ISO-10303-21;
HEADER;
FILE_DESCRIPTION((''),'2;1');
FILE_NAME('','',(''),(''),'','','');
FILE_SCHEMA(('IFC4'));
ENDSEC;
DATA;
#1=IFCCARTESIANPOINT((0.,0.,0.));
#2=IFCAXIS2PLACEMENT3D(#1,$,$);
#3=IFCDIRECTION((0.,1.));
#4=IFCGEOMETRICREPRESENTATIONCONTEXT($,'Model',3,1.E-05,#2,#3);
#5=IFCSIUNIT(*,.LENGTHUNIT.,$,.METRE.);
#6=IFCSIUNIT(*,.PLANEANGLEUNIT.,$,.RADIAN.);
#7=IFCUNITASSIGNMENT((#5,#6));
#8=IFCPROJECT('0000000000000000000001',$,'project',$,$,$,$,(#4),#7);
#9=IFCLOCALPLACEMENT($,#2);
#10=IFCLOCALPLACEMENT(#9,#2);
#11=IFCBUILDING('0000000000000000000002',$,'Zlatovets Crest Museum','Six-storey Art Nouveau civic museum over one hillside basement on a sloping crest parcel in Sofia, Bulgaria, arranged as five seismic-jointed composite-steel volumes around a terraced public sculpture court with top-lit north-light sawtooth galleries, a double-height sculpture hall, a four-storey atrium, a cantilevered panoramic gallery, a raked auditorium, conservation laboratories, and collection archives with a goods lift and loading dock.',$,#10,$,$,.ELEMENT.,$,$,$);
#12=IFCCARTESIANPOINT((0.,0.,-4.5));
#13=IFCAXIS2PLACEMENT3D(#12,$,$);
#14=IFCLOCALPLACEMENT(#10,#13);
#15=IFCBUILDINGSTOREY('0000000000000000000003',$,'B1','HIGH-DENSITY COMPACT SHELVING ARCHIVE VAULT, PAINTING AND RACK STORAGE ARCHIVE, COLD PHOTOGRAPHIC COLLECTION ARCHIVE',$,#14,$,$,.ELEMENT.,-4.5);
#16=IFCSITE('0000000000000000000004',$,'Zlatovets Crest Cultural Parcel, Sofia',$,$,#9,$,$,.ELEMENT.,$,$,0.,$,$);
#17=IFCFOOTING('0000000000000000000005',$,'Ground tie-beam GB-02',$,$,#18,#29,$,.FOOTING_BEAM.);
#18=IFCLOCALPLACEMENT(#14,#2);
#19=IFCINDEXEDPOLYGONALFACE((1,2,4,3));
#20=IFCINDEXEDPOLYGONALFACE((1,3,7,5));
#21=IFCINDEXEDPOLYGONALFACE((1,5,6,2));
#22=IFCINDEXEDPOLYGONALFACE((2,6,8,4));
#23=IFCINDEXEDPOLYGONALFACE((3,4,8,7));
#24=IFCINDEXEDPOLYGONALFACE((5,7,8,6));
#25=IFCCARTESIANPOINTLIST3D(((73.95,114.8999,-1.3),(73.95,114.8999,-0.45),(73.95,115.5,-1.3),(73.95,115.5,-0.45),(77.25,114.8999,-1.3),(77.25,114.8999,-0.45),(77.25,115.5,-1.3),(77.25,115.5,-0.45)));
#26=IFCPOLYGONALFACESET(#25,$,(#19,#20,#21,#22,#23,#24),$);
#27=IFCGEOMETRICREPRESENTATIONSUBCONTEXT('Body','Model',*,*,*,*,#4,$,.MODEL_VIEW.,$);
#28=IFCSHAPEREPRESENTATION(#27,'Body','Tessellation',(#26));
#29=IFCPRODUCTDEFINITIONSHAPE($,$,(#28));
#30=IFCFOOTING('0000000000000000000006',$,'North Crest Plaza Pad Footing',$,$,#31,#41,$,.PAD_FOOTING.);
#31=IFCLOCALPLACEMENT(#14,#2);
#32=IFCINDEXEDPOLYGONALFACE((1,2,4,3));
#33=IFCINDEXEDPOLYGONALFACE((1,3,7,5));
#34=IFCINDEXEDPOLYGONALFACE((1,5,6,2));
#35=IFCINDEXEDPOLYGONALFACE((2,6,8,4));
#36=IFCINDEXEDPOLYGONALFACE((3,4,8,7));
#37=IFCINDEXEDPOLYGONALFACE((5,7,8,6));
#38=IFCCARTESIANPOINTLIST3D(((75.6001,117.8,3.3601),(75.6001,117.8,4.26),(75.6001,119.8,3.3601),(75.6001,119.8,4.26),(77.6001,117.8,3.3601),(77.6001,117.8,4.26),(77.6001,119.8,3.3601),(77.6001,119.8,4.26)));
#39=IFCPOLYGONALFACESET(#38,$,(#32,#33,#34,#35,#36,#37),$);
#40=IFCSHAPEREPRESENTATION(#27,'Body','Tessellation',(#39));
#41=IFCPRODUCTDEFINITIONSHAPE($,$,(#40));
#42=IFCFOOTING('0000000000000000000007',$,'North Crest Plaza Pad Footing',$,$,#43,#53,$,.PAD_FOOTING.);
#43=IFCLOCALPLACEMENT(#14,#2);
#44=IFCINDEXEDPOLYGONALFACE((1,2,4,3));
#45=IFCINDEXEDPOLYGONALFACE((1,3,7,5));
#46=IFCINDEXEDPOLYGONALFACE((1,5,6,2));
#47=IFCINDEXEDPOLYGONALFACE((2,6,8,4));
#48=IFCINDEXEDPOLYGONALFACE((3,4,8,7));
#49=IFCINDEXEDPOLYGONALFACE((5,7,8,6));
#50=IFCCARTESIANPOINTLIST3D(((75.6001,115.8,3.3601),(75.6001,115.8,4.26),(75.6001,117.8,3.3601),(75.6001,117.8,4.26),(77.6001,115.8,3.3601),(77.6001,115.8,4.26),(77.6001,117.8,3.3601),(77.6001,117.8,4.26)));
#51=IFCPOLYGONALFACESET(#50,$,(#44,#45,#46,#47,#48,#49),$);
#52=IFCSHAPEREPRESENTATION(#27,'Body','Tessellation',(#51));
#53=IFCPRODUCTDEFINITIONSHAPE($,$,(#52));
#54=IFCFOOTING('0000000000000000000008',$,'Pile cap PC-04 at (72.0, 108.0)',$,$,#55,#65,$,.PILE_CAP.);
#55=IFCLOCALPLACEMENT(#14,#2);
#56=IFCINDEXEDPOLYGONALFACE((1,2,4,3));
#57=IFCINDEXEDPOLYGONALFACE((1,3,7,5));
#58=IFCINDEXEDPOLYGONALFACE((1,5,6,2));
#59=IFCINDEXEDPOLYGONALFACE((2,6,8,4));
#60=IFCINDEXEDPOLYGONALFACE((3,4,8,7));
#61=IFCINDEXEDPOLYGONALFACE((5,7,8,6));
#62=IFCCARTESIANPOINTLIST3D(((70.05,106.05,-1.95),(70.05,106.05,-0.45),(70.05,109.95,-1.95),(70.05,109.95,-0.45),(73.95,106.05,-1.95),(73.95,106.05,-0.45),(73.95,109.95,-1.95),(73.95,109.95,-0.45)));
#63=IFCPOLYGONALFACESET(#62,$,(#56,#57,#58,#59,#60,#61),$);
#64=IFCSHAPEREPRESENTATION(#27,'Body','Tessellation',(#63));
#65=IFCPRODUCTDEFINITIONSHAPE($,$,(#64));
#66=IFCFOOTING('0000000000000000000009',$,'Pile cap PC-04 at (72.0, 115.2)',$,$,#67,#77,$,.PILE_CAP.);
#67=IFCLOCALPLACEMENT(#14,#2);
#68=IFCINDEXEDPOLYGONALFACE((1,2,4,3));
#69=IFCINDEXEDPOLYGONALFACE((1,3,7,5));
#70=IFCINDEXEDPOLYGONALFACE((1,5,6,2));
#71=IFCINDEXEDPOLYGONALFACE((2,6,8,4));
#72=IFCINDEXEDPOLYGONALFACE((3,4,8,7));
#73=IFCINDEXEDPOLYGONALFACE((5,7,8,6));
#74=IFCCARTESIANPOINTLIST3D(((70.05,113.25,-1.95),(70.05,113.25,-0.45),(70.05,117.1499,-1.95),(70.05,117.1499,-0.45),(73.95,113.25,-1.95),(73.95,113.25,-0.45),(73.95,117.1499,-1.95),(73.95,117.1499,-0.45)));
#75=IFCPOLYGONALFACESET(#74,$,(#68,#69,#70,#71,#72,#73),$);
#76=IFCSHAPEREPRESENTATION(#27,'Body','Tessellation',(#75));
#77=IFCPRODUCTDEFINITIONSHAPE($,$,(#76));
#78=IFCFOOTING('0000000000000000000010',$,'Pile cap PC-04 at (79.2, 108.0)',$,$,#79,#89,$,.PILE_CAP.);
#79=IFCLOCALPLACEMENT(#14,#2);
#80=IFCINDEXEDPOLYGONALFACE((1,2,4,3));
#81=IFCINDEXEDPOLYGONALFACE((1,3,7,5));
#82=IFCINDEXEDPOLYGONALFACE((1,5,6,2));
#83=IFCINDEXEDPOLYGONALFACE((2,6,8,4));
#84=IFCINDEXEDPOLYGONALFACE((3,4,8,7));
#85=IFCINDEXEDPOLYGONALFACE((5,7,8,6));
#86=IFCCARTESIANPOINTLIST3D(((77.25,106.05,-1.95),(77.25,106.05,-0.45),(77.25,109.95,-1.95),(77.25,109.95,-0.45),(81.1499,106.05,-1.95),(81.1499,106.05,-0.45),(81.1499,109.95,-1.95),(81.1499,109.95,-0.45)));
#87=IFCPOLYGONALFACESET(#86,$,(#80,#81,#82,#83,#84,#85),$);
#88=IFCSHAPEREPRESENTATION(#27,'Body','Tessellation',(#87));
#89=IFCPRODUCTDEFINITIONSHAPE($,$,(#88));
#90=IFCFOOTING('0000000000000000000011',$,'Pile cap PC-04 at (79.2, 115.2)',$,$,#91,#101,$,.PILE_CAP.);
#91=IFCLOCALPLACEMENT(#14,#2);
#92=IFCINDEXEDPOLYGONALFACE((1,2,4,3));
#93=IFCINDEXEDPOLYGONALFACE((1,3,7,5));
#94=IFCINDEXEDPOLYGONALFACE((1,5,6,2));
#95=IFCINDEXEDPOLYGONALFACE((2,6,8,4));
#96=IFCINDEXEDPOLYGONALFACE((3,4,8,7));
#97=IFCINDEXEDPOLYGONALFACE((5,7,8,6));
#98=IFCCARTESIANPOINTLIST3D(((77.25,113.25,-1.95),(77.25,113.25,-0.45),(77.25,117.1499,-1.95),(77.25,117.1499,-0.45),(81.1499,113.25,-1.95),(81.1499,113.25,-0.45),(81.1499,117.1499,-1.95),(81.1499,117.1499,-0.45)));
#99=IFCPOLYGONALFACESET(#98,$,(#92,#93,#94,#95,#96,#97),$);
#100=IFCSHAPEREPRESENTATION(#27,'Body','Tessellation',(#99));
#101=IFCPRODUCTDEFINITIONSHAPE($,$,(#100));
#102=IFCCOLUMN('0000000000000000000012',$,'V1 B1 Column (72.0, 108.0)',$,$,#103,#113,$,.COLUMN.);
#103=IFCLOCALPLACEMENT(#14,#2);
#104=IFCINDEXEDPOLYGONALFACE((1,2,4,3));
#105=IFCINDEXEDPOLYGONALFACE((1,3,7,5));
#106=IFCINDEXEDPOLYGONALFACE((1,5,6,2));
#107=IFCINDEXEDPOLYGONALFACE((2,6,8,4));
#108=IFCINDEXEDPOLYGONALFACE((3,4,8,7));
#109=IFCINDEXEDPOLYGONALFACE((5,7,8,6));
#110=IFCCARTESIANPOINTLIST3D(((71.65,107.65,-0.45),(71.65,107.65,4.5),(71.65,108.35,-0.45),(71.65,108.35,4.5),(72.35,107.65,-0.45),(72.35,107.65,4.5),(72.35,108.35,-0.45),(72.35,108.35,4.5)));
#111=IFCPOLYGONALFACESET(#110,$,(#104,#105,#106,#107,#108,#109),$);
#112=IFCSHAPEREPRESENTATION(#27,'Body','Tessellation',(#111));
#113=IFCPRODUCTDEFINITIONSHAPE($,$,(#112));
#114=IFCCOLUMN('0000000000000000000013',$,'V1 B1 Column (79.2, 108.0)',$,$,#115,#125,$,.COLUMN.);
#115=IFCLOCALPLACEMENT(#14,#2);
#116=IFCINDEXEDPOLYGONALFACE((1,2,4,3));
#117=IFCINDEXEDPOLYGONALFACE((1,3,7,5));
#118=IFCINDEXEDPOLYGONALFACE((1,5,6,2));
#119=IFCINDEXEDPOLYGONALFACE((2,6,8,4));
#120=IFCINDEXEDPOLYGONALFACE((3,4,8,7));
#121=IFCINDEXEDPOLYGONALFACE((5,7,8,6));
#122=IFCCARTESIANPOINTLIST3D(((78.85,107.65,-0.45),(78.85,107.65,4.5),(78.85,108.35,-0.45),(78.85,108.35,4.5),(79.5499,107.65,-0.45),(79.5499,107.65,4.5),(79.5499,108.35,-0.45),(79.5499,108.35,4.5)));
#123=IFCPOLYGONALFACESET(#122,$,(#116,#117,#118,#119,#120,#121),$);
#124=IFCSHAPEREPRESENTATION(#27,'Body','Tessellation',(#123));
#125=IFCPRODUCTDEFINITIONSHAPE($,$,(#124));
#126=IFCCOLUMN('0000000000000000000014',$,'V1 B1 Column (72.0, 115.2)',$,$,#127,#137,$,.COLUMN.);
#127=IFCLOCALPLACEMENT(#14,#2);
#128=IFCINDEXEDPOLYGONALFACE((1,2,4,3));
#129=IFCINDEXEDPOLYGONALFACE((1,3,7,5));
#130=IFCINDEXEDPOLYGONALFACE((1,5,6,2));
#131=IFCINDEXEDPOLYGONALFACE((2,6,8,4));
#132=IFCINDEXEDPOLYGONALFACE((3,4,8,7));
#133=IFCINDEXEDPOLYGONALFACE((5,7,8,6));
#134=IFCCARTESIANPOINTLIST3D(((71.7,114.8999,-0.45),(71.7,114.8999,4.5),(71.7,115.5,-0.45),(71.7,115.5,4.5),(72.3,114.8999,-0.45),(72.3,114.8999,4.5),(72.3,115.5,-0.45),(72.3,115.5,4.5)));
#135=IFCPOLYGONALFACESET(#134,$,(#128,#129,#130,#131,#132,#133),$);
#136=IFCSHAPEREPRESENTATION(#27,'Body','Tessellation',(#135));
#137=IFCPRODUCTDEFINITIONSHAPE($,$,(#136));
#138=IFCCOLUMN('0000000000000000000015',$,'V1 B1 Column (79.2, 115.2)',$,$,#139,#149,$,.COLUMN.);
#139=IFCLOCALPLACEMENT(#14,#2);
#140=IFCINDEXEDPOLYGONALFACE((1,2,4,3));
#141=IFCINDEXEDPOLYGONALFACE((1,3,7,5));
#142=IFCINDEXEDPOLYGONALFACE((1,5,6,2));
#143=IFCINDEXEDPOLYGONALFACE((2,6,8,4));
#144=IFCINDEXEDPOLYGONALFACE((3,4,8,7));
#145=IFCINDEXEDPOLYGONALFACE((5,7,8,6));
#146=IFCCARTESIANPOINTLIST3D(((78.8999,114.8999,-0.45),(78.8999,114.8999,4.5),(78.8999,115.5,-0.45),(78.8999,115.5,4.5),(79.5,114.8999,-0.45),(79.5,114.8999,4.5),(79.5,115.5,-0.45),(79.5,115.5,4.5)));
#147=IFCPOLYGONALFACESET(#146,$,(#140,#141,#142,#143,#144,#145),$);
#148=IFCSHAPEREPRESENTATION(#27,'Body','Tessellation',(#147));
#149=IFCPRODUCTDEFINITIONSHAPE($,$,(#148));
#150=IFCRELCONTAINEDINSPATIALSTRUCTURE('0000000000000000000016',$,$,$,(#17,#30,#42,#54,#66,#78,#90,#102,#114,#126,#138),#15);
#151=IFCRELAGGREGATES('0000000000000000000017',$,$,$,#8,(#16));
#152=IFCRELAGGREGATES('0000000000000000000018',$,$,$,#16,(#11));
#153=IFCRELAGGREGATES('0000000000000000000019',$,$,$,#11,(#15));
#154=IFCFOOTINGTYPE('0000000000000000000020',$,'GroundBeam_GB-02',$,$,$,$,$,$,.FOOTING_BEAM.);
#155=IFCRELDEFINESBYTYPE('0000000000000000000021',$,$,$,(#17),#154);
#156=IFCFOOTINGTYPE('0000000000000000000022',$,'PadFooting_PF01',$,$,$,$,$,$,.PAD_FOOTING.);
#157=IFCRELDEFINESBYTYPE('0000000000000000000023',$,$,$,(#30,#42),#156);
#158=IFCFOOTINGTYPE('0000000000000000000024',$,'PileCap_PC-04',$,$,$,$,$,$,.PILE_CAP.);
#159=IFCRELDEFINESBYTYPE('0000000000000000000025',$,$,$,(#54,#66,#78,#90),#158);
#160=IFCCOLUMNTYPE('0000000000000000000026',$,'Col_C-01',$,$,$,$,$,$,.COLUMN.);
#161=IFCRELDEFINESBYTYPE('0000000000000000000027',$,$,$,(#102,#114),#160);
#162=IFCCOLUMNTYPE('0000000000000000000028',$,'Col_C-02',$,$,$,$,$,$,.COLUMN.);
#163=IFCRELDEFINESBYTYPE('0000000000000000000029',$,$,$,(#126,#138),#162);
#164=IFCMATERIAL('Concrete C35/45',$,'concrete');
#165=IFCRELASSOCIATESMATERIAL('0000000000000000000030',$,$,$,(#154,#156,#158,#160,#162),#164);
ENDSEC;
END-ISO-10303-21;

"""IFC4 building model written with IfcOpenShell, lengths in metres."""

from ifc_helpers import new_model, si_unit, direction, frame, origin, origin_2d, place, context, subcontext, project, spatial, rectangle, extrude, material, material_profile, profile_set, type_object, element, save


model = new_model("IFC4")

# Units and contexts
model_context = context("Model", 3, precision=1e-05, world=origin(), true_north=direction((0.0, 1.0)))
body_context = subcontext(model_context, "Body", "Model", "MODEL_VIEW")
ifc_project = project(units=[si_unit("LENGTHUNIT", "METRE"), si_unit("PLANEANGLEUNIT", "RADIAN")], contexts=[model_context])

# Site, building, storey
site_placement = place(None, origin())
site = spatial("IfcSite", under=ifc_project, at=site_placement, Name="Zlatovets Crest Cultural Parcel, Sofia", CompositionType="ELEMENT", RefElevation=0.0)
building_placement = place(site_placement, origin())
building = spatial("IfcBuilding", under=site, at=building_placement, Name="Zlatovets Crest Museum", Description="Six-storey Art Nouveau civic museum over one hillside basement on a sloping crest parcel in Sofia, Bulgaria, arranged as five seismic-jointed composite-steel volumes around a terraced public sculpture court with top-lit north-light sawtooth galleries, a double-height sculpture hall, a four-storey atrium, a cantilevered panoramic gallery, a raked auditorium, conservation laboratories, and collection archives with a goods lift and loading dock.", CompositionType="ELEMENT")
storey_placement = place(building_placement, frame((0.0, 0.0, -4.5)))
storey = spatial("IfcBuildingStorey", under=building, at=storey_placement, Name="B1", Description="HIGH-DENSITY COMPACT SHELVING ARCHIVE VAULT, PAINTING AND RACK STORAGE ARCHIVE, COLD PHOTOGRAPHIC COLLECTION ARCHIVE", CompositionType="ELEMENT", Elevation=-4.5)

# Shared definitions
ifc_material = material(Name="Concrete C35/45", Category="concrete")

# Footings
ifc_material_profile_1 = material_profile(ifc_material, rectangle(XDim=0.6001, YDim=0.8501, at=origin_2d()), Name="RC 600x850")
ifc_profile_set_1 = profile_set([ifc_material_profile_1], Name="Concrete C35/45")
footing_type_1 = type_object("IfcFootingType", Name="GroundBeam_GB-02", PredefinedType="FOOTING_BEAM", material=ifc_profile_set_1)
for number, where, z_axis, x_axis, name in (
    (1, (73.95, 115.2, -0.875), (1.0, 0.0, 0.0), (0.0, 1.0, 0.0), "Ground tie-beam GB-02"),
):
    element("IfcFooting", number, at=place(storey_placement, frame(where, z_axis=z_axis, x_axis=x_axis)), inside=storey, type_object=footing_type_1, Name=name, PredefinedType="FOOTING_BEAM", context=body_context, shape_type="SweptSolid", body=[
        extrude(rectangle(XDim=0.6001, YDim=0.8501, at=origin_2d()), origin(), (0.0, 0.0, 1.0), 3.3),
    ])
footing_type_2 = type_object("IfcFootingType", Name="PadFooting_PF01", PredefinedType="PAD_FOOTING", material=ifc_material)
for number, where, z_axis, x_axis, name in (
    (2, (76.6001, 118.8, 3.3601), (0.0, 0.0, 1.0), (1.0, 0.0, 0.0), "North Crest Plaza Pad Footing"),
    (3, (76.6001, 116.8, 3.3601), (0.0, 0.0, 1.0), (1.0, 0.0, 0.0), "North Crest Plaza Pad Footing"),
):
    element("IfcFooting", number, at=place(storey_placement, frame(where, z_axis=z_axis, x_axis=x_axis)), inside=storey, type_object=footing_type_2, Name=name, PredefinedType="PAD_FOOTING", context=body_context, shape_type="SweptSolid", body=[
        extrude(rectangle(XDim=2.0, YDim=2.0, at=origin_2d()), origin(), (0.0, 0.0, 1.0), 0.8999),
    ])
footing_type_3 = type_object("IfcFootingType", Name="PileCap_PC-04", PredefinedType="PILE_CAP", material=ifc_material)
for number, where, z_axis, x_axis, name in (
    (4, (72.0, 108.0, -1.95), (0.0, 0.0, 1.0), (1.0, 0.0, 0.0), "Pile cap PC-04 at (72.0, 108.0)"),
    (5, (72.0, 115.2, -1.95), (0.0, 0.0, 1.0), (1.0, 0.0, 0.0), "Pile cap PC-04 at (72.0, 115.2)"),
    (6, (79.2, 108.0, -1.95), (0.0, 0.0, 1.0), (1.0, 0.0, 0.0), "Pile cap PC-04 at (79.2, 108.0)"),
    (7, (79.2, 115.2, -1.95), (0.0, 0.0, 1.0), (1.0, 0.0, 0.0), "Pile cap PC-04 at (79.2, 115.2)"),
):
    element("IfcFooting", number, at=place(storey_placement, frame(where, z_axis=z_axis, x_axis=x_axis)), inside=storey, type_object=footing_type_3, Name=name, PredefinedType="PILE_CAP", context=body_context, shape_type="SweptSolid", body=[
        extrude(rectangle(XDim=3.8999, YDim=3.8999, at=origin_2d()), origin(), (0.0, 0.0, 1.0), 1.5),
    ])

# Columns
ifc_material_profile_2 = material_profile(ifc_material, rectangle(XDim=0.7, YDim=0.7, at=origin_2d()), Name="RC 700x700")
ifc_profile_set_2 = profile_set([ifc_material_profile_2], Name="Concrete C35/45")
column_type_1 = type_object("IfcColumnType", Name="Col_C-01", PredefinedType="COLUMN", material=ifc_profile_set_2)
for number, where, z_axis, x_axis, name in (
    (8, (72.0, 108.0, -0.45), (0.0, 0.0, 1.0), (0.0, 1.0, 0.0), "V1 B1 Column (72.0, 108.0)"),
    (9, (79.2, 108.0, -0.45), (0.0, 0.0, 1.0), (1.0, 0.0, 0.0), "V1 B1 Column (79.2, 108.0)"),
):
    element("IfcColumn", number, at=place(storey_placement, frame(where, z_axis=z_axis, x_axis=x_axis)), inside=storey, type_object=column_type_1, Name=name, PredefinedType="COLUMN", context=body_context, shape_type="SweptSolid", body=[
        extrude(rectangle(XDim=0.7, YDim=0.7, at=origin_2d()), origin(), (0.0, 0.0, 1.0), 4.95),
    ])
ifc_material_profile_3 = material_profile(ifc_material, rectangle(XDim=0.6001, YDim=0.6001, at=origin_2d()), Name="RC 600x600")
ifc_profile_set_3 = profile_set([ifc_material_profile_3], Name="Concrete C35/45")
column_type_2 = type_object("IfcColumnType", Name="Col_C-02", PredefinedType="COLUMN", material=ifc_profile_set_3)
for number, where, z_axis, x_axis, name in (
    (10, (72.0, 115.2, -0.45), (0.0, 0.0, 1.0), (1.0, 0.0, 0.0), "V1 B1 Column (72.0, 115.2)"),
    (11, (79.2, 115.2, -0.45), (0.0, 0.0, 1.0), (0.0, 1.0, 0.0), "V1 B1 Column (79.2, 115.2)"),
):
    element("IfcColumn", number, at=place(storey_placement, frame(where, z_axis=z_axis, x_axis=x_axis)), inside=storey, type_object=column_type_2, Name=name, PredefinedType="COLUMN", context=body_context, shape_type="SweptSolid", body=[
        extrude(rectangle(XDim=0.6001, YDim=0.6001, at=origin_2d()), origin(), (0.0, 0.0, 1.0), 4.95),
    ])

save(model, "model.ifc")
